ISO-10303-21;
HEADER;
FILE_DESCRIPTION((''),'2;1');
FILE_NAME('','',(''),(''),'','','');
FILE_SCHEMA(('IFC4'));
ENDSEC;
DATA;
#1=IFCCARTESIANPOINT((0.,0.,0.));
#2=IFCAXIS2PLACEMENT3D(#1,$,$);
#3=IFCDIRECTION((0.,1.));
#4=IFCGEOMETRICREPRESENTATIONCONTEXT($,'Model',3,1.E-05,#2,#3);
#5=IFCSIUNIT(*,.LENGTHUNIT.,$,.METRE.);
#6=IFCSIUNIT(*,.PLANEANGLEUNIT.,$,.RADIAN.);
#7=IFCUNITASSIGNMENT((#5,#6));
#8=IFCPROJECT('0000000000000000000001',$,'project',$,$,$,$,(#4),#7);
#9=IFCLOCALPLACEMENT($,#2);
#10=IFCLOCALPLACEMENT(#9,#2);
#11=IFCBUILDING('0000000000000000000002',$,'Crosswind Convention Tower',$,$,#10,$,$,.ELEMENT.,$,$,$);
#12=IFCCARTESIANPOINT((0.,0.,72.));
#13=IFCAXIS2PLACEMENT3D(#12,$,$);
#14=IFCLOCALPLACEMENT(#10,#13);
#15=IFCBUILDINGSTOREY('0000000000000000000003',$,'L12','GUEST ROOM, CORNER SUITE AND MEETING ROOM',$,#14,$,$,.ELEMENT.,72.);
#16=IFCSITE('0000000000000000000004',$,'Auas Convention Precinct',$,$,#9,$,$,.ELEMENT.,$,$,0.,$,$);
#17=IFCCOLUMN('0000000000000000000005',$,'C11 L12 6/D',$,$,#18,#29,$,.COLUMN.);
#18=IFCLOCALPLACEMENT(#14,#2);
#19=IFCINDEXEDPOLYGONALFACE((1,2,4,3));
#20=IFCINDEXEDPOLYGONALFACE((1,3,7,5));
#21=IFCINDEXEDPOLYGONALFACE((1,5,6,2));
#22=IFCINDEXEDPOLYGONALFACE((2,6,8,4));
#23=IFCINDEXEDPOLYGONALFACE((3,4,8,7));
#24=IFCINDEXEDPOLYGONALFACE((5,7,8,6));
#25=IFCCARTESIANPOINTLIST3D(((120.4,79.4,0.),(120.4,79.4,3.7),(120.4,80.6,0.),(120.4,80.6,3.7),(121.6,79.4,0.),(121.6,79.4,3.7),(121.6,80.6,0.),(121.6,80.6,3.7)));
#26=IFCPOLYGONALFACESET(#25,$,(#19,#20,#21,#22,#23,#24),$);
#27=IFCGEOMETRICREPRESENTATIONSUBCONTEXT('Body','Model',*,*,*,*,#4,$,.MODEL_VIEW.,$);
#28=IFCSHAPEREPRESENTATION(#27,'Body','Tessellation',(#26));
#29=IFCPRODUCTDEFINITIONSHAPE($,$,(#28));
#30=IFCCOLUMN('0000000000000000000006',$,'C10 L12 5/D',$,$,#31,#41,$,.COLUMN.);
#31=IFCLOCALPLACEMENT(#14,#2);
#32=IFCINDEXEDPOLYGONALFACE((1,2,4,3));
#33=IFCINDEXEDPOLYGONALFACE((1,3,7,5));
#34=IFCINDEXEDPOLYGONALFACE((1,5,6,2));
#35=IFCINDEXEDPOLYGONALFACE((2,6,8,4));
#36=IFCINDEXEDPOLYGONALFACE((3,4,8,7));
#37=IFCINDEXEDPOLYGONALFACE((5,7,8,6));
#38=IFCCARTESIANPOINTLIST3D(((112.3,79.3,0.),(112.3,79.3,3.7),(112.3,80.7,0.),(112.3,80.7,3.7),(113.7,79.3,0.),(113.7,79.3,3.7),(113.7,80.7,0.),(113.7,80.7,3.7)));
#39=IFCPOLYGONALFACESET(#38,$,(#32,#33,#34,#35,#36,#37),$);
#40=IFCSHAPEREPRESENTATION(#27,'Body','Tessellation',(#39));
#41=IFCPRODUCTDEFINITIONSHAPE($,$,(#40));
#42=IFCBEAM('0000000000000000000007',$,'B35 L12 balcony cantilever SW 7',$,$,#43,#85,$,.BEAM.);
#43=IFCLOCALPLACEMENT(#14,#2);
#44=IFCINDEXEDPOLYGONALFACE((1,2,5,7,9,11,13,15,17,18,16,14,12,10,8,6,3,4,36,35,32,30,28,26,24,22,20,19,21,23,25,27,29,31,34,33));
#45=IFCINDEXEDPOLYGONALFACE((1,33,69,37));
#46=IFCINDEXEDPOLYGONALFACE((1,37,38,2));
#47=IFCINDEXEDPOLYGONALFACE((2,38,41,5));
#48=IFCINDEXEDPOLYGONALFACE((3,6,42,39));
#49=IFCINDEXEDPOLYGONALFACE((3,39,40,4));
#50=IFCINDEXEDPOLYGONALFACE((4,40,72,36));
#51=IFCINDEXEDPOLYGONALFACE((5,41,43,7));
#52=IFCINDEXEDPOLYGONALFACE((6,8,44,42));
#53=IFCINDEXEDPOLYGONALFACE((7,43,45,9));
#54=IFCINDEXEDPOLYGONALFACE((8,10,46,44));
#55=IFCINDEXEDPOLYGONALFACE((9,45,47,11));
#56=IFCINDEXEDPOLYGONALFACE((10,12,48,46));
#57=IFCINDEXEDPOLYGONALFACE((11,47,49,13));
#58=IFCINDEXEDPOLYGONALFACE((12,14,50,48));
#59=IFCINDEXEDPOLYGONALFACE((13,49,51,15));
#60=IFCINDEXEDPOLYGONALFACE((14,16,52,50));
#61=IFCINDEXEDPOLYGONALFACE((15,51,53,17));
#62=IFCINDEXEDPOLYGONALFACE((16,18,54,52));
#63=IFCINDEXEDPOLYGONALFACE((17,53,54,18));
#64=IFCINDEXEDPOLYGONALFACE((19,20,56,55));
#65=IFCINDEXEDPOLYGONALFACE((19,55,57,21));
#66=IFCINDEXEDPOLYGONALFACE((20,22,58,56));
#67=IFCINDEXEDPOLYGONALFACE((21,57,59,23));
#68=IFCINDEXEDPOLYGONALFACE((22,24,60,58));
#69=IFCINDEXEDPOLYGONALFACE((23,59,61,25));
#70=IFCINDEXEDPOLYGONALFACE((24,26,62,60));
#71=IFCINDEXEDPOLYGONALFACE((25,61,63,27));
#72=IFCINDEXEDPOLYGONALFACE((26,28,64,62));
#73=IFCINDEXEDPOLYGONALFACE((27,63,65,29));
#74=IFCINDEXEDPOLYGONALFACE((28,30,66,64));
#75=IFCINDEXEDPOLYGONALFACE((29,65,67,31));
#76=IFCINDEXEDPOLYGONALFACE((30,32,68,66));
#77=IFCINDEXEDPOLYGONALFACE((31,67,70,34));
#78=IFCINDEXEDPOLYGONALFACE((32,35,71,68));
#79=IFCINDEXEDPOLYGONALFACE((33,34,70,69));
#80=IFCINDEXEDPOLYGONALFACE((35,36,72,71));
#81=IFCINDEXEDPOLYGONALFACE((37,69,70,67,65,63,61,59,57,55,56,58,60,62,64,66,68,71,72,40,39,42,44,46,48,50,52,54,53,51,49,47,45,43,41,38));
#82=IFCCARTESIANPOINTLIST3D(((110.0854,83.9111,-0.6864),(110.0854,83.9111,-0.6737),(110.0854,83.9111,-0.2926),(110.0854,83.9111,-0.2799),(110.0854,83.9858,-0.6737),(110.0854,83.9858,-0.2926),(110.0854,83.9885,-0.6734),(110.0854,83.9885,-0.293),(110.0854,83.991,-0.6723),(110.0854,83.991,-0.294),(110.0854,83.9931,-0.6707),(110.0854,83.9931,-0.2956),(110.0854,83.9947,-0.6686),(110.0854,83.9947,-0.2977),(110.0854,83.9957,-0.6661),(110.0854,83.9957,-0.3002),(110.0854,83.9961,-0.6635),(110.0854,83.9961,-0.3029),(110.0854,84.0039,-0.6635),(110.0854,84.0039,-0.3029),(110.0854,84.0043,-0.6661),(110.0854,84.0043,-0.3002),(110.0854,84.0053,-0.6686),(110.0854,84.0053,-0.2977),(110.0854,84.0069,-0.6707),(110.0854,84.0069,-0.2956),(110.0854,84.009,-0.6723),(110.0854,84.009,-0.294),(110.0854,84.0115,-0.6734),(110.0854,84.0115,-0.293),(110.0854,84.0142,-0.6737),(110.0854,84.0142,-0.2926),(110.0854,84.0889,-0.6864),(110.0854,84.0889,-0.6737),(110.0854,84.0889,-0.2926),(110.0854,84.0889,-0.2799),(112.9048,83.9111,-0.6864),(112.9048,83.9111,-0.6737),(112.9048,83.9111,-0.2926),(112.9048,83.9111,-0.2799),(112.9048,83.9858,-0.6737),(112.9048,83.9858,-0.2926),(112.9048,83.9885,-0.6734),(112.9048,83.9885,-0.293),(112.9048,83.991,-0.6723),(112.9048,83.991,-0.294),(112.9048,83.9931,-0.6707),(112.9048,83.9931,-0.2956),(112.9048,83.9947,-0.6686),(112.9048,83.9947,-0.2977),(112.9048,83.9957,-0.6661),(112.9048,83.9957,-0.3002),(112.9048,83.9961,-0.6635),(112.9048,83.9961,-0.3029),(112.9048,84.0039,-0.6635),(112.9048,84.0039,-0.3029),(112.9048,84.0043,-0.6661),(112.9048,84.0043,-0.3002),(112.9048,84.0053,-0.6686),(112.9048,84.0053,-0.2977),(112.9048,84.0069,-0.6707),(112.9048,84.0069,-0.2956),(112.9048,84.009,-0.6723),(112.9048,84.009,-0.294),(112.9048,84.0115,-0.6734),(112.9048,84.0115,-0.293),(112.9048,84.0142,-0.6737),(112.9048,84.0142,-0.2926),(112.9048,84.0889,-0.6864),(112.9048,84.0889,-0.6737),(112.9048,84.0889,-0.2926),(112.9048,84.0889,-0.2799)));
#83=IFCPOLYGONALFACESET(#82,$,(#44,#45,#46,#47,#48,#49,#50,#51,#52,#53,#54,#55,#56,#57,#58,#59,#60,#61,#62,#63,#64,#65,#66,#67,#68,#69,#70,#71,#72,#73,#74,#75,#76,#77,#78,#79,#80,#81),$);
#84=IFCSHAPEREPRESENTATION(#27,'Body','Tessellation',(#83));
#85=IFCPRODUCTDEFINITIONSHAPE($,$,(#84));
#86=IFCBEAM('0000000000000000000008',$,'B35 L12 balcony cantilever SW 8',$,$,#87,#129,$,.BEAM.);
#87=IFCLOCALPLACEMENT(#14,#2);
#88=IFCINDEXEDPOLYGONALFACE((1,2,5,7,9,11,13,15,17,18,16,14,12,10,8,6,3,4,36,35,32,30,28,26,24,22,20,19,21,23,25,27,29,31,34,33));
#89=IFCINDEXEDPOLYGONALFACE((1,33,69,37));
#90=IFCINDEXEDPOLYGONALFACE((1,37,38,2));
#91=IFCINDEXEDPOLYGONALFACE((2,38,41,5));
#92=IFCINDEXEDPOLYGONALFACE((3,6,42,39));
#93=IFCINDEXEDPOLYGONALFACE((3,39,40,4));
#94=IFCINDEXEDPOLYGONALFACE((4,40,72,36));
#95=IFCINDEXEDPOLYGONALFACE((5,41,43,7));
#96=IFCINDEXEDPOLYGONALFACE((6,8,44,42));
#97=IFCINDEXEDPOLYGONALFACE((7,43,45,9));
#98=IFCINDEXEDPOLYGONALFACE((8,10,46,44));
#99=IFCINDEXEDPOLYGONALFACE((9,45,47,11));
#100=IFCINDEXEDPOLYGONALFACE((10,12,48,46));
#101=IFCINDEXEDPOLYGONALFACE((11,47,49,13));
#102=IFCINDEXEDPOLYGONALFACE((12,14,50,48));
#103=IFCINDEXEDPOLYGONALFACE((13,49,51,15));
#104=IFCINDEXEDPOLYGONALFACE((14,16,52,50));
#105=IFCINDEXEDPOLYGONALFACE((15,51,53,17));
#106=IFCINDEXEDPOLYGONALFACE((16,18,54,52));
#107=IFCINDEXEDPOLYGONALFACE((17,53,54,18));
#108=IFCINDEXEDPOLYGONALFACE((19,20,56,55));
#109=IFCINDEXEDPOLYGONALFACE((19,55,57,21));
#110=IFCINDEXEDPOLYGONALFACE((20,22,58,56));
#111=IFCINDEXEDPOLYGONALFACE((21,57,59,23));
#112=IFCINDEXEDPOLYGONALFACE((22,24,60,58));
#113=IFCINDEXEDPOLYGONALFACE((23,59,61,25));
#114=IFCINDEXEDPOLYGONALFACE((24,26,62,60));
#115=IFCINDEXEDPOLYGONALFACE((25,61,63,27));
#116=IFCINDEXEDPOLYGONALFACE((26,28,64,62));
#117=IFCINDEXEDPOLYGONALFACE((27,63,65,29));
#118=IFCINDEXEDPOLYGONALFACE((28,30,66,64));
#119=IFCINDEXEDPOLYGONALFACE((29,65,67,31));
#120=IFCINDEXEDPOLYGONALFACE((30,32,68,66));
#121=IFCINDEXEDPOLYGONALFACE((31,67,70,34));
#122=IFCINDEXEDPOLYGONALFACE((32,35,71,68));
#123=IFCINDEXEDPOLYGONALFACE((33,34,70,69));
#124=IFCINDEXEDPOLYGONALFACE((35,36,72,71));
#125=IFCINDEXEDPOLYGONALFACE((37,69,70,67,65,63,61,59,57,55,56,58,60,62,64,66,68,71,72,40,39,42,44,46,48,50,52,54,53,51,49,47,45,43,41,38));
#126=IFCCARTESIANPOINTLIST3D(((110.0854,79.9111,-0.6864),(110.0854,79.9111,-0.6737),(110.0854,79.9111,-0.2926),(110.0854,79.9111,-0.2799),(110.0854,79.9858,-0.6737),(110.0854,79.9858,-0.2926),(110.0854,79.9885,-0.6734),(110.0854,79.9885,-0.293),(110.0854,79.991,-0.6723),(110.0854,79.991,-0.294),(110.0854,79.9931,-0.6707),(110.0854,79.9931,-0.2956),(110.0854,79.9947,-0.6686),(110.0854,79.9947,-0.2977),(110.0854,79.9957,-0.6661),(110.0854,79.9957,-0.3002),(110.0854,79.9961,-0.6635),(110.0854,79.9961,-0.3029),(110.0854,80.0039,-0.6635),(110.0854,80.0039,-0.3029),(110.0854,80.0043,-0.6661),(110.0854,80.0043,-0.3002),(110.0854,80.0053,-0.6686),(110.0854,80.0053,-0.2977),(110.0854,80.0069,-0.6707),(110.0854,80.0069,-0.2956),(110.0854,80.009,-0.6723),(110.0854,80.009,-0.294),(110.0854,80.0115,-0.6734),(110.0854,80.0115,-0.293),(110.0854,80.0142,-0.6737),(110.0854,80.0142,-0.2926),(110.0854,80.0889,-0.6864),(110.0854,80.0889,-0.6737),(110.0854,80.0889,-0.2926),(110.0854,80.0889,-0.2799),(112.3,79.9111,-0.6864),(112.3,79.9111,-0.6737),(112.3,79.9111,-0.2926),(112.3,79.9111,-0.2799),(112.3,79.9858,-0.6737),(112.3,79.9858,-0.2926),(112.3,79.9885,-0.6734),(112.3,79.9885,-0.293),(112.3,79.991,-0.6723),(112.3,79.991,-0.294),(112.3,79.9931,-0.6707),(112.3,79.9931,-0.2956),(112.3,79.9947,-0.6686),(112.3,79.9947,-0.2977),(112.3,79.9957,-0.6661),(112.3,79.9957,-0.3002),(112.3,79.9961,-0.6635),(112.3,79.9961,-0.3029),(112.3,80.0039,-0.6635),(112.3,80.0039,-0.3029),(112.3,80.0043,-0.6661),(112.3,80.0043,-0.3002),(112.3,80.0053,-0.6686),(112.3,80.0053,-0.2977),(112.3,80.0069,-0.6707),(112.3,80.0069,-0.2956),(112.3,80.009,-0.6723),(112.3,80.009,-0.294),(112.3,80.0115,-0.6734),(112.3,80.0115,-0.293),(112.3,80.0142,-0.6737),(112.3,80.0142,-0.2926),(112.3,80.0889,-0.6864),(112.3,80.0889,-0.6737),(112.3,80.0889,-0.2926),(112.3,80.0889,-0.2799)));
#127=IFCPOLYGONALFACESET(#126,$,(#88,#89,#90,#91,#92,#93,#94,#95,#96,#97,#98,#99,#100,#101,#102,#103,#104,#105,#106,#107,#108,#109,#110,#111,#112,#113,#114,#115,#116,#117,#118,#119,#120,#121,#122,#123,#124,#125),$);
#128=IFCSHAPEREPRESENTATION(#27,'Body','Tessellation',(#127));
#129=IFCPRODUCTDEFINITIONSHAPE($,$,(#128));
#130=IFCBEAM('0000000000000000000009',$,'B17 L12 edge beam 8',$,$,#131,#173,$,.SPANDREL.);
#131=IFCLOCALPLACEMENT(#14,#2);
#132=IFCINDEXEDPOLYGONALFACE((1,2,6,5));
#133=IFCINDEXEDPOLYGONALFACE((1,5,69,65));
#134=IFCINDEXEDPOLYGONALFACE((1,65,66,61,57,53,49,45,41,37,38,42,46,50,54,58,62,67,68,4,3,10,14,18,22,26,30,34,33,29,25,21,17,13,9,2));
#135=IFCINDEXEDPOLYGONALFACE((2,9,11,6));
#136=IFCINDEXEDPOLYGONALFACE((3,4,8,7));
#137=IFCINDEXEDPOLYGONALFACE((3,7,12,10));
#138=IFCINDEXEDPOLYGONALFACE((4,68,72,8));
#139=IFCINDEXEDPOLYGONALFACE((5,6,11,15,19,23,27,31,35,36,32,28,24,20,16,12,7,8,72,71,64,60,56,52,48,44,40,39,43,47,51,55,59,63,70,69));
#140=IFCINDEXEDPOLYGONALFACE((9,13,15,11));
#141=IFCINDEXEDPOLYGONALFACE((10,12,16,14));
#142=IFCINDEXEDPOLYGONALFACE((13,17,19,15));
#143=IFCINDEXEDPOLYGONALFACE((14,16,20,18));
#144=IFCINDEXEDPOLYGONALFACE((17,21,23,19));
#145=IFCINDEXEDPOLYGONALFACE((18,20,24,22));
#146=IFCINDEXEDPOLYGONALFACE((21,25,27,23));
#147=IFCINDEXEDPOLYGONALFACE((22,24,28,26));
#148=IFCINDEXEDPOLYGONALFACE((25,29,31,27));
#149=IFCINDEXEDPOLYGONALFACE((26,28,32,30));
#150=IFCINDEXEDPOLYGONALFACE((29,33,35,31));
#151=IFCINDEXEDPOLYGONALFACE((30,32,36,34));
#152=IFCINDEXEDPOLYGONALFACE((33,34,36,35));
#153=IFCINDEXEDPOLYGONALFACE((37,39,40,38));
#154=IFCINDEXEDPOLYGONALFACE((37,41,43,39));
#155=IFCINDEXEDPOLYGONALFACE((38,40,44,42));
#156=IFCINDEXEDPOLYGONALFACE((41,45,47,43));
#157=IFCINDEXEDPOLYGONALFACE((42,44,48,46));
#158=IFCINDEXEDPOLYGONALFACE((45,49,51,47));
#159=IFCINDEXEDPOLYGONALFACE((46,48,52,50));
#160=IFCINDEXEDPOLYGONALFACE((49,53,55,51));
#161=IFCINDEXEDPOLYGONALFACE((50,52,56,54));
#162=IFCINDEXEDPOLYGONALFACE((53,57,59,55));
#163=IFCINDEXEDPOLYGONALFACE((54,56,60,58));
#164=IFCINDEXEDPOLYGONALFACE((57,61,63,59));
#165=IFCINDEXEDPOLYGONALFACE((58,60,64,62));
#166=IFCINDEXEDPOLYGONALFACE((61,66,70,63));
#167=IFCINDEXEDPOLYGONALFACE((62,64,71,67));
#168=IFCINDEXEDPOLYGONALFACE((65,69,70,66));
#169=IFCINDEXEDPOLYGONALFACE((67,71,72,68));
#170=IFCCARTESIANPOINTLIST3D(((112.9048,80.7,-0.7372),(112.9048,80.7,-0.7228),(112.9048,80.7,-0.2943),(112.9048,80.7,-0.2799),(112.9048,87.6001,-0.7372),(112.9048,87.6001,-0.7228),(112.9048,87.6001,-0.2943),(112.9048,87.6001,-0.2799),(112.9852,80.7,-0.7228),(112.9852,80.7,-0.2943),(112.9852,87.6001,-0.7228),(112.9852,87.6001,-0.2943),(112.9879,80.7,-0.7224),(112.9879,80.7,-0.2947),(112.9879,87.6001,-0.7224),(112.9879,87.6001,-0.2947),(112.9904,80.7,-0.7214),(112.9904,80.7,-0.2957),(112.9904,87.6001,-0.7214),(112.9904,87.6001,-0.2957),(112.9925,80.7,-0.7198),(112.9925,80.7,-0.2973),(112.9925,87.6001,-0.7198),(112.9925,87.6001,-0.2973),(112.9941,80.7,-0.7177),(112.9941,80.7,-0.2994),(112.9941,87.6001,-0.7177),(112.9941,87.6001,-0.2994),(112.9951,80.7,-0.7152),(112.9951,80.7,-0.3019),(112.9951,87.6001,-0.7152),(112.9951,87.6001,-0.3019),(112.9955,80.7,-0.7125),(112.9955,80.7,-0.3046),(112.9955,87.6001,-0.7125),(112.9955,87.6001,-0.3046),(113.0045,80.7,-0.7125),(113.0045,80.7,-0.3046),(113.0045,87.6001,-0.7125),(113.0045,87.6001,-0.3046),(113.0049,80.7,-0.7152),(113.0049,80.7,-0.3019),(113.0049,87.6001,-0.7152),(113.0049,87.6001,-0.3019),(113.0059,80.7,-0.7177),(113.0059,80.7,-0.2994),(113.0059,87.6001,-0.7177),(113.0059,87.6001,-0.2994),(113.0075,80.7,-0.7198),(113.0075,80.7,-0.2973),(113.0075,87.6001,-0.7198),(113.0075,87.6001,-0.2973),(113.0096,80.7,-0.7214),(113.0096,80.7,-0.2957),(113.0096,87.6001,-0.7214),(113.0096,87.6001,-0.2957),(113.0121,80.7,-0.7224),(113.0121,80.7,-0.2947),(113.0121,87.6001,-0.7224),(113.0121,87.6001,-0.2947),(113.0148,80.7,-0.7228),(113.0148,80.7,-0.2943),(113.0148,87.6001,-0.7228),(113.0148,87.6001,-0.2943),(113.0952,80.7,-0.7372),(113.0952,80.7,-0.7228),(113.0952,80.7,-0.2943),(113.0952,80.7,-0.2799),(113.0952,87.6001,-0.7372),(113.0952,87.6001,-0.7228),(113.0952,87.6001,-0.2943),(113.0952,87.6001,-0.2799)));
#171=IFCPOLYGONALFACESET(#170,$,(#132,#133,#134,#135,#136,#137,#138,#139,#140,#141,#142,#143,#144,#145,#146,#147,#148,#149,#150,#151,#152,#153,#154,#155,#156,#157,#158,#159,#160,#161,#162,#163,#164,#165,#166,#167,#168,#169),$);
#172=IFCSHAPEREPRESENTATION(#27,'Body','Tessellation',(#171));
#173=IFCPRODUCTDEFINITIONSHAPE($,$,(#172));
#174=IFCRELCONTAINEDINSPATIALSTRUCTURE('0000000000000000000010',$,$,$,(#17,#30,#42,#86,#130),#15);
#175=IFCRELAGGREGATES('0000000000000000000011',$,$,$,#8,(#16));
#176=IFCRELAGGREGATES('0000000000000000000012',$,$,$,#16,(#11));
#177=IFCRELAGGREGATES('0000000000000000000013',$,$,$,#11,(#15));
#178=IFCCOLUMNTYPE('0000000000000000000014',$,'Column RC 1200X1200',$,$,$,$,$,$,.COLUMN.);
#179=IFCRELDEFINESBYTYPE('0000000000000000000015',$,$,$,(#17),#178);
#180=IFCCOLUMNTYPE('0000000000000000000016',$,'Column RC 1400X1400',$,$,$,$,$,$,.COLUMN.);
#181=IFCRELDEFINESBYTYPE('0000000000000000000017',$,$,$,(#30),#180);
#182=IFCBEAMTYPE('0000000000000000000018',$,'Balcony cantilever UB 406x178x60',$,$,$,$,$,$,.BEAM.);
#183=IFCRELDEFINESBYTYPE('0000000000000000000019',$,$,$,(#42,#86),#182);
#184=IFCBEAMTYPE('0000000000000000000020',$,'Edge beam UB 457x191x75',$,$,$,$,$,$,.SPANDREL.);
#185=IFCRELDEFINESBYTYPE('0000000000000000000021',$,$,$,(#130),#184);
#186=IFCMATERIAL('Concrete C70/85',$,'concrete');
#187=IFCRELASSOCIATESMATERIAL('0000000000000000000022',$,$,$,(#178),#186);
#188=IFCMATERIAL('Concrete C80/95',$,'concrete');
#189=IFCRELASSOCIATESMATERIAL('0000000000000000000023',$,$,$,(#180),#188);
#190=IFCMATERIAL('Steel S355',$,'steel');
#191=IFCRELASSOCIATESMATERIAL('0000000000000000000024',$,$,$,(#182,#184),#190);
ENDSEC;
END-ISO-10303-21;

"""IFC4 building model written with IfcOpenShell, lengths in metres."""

from ifc_helpers import new_model, si_unit, direction, frame, origin, origin_2d, place, context, subcontext, project, spatial, rectangle, i_section, extrude, material, material_profile, profile_set, type_object, element, save


model = new_model("IFC4")

# Units and contexts
model_context = context("Model", 3, precision=1e-05, world=origin(), true_north=direction((0.0, 1.0)))
body_context = subcontext(model_context, "Body", "Model", "MODEL_VIEW")
ifc_project = project(units=[si_unit("LENGTHUNIT", "METRE"), si_unit("PLANEANGLEUNIT", "RADIAN")], contexts=[model_context])

# Site, building, storey
site_placement = place(None, origin())
site = spatial("IfcSite", under=ifc_project, at=site_placement, Name="Auas Convention Precinct", CompositionType="ELEMENT", RefElevation=0.0)
building_placement = place(site_placement, origin())
building = spatial("IfcBuilding", under=site, at=building_placement, Name="Crosswind Convention Tower", CompositionType="ELEMENT")
storey_placement = place(building_placement, frame((0.0, 0.0, 72.0)))
storey = spatial("IfcBuildingStorey", under=building, at=storey_placement, Name="L12", Description="GUEST ROOM, CORNER SUITE AND MEETING ROOM", CompositionType="ELEMENT", Elevation=72.0)

# Columns
ifc_material_1 = material(Name="Concrete C70/85", Category="concrete")
ifc_material_profile_1 = material_profile(ifc_material_1, rectangle(XDim=1.2, YDim=1.2, at=origin_2d()), Name="RC 1200X1200")
ifc_profile_set_1 = profile_set([ifc_material_profile_1], Name="Concrete C70/85")
column_type_1 = type_object("IfcColumnType", Name="Column RC 1200X1200", PredefinedType="COLUMN", material=ifc_profile_set_1)
column_1_placement = place(storey_placement, frame((121.0, 80.0, 0.0), z_axis=(0.0, 0.0, 1.0), x_axis=(1.0, 0.0, 0.0)))
element("IfcColumn", 1, at=column_1_placement, inside=storey, type_object=column_type_1, Name="C11 L12 6/D", PredefinedType="COLUMN", context=body_context, shape_type="SweptSolid", body=[
    extrude(rectangle(XDim=1.2, YDim=1.2, at=origin_2d()), origin(), (0.0, 0.0, 1.0), 3.7),
])
ifc_material_2 = material(Name="Concrete C80/95", Category="concrete")
ifc_material_profile_2 = material_profile(ifc_material_2, rectangle(XDim=1.3999, YDim=1.3999, at=origin_2d()), Name="RC 1400X1400")
ifc_profile_set_2 = profile_set([ifc_material_profile_2], Name="Concrete C80/95")
column_type_2 = type_object("IfcColumnType", Name="Column RC 1400X1400", PredefinedType="COLUMN", material=ifc_profile_set_2)
column_2_placement = place(storey_placement, frame((113.0, 80.0, 0.0), z_axis=(0.0, 0.0, 1.0), x_axis=(1.0, 0.0, 0.0)))
element("IfcColumn", 2, at=column_2_placement, inside=storey, type_object=column_type_2, Name="C10 L12 5/D", PredefinedType="COLUMN", context=body_context, shape_type="SweptSolid", body=[
    extrude(rectangle(XDim=1.3999, YDim=1.3999, at=origin_2d()), origin(), (0.0, 0.0, 1.0), 3.7),
])

# Beams
ifc_material_3 = material(Name="Steel S355", Category="steel")
ifc_material_profile_3 = material_profile(ifc_material_3, i_section(OverallWidth=0.1777, OverallDepth=0.4065, WebThickness=0.0078, FlangeThickness=0.0127, FilletRadius=0.0103, at=origin_2d()), Name="UB 406x178x60")
ifc_profile_set_3 = profile_set([ifc_material_profile_3], Name="Steel S355")
beam_type_1 = type_object("IfcBeamType", Name="Balcony cantilever UB 406x178x60", PredefinedType="BEAM", material=ifc_profile_set_3)
beam_1_placement = place(storey_placement, frame((112.9048, 84.0, -0.4832), z_axis=(-1.0, 0.0, 0.0), x_axis=(0.0, -1.0, 0.0)))
element("IfcBeam", 3, at=beam_1_placement, inside=storey, type_object=beam_type_1, Name="B35 L12 balcony cantilever SW 7", PredefinedType="BEAM", context=body_context, shape_type="SweptSolid", body=[
    extrude(i_section(OverallWidth=0.1777, OverallDepth=0.4065, WebThickness=0.0078, FlangeThickness=0.0127, FilletRadius=0.0103, at=origin_2d()), origin(), (0.0, 0.0, 1.0), 2.8193),
])
beam_2_placement = place(storey_placement, frame((112.3, 80.0, -0.4832), z_axis=(-1.0, 0.0, 0.0), x_axis=(0.0, -1.0, 0.0)))
element("IfcBeam", 4, at=beam_2_placement, inside=storey, type_object=beam_type_1, Name="B35 L12 balcony cantilever SW 8", PredefinedType="BEAM", context=body_context, shape_type="SweptSolid", body=[
    extrude(i_section(OverallWidth=0.1777, OverallDepth=0.4065, WebThickness=0.0078, FlangeThickness=0.0127, FilletRadius=0.0103, at=origin_2d()), origin(), (0.0, 0.0, 1.0), 2.2146),
])
ifc_material_profile_4 = material_profile(ifc_material_3, i_section(OverallWidth=0.1904, OverallDepth=0.4573, WebThickness=0.009, FlangeThickness=0.0144, FilletRadius=0.0103, at=origin_2d()), Name="UB 457x191x75")
ifc_profile_set_4 = profile_set([ifc_material_profile_4], Name="Steel S355")
beam_type_2 = type_object("IfcBeamType", Name="Edge beam UB 457x191x75", PredefinedType="SPANDREL", material=ifc_profile_set_4)
beam_3_placement = place(storey_placement, frame((113.0, 80.7, -0.5085), z_axis=(0.0, 1.0, 0.0), x_axis=(-1.0, 0.0, 0.0)))
element("IfcBeam", 5, at=beam_3_placement, inside=storey, type_object=beam_type_2, Name="B17 L12 edge beam 8", PredefinedType="SPANDREL", context=body_context, shape_type="SweptSolid", body=[
    extrude(i_section(OverallWidth=0.1904, OverallDepth=0.4573, WebThickness=0.009, FlangeThickness=0.0144, FilletRadius=0.0103, at=origin_2d()), origin(), (0.0, 0.0, 1.0), 6.9001),
])

save(model, "model.ifc")
